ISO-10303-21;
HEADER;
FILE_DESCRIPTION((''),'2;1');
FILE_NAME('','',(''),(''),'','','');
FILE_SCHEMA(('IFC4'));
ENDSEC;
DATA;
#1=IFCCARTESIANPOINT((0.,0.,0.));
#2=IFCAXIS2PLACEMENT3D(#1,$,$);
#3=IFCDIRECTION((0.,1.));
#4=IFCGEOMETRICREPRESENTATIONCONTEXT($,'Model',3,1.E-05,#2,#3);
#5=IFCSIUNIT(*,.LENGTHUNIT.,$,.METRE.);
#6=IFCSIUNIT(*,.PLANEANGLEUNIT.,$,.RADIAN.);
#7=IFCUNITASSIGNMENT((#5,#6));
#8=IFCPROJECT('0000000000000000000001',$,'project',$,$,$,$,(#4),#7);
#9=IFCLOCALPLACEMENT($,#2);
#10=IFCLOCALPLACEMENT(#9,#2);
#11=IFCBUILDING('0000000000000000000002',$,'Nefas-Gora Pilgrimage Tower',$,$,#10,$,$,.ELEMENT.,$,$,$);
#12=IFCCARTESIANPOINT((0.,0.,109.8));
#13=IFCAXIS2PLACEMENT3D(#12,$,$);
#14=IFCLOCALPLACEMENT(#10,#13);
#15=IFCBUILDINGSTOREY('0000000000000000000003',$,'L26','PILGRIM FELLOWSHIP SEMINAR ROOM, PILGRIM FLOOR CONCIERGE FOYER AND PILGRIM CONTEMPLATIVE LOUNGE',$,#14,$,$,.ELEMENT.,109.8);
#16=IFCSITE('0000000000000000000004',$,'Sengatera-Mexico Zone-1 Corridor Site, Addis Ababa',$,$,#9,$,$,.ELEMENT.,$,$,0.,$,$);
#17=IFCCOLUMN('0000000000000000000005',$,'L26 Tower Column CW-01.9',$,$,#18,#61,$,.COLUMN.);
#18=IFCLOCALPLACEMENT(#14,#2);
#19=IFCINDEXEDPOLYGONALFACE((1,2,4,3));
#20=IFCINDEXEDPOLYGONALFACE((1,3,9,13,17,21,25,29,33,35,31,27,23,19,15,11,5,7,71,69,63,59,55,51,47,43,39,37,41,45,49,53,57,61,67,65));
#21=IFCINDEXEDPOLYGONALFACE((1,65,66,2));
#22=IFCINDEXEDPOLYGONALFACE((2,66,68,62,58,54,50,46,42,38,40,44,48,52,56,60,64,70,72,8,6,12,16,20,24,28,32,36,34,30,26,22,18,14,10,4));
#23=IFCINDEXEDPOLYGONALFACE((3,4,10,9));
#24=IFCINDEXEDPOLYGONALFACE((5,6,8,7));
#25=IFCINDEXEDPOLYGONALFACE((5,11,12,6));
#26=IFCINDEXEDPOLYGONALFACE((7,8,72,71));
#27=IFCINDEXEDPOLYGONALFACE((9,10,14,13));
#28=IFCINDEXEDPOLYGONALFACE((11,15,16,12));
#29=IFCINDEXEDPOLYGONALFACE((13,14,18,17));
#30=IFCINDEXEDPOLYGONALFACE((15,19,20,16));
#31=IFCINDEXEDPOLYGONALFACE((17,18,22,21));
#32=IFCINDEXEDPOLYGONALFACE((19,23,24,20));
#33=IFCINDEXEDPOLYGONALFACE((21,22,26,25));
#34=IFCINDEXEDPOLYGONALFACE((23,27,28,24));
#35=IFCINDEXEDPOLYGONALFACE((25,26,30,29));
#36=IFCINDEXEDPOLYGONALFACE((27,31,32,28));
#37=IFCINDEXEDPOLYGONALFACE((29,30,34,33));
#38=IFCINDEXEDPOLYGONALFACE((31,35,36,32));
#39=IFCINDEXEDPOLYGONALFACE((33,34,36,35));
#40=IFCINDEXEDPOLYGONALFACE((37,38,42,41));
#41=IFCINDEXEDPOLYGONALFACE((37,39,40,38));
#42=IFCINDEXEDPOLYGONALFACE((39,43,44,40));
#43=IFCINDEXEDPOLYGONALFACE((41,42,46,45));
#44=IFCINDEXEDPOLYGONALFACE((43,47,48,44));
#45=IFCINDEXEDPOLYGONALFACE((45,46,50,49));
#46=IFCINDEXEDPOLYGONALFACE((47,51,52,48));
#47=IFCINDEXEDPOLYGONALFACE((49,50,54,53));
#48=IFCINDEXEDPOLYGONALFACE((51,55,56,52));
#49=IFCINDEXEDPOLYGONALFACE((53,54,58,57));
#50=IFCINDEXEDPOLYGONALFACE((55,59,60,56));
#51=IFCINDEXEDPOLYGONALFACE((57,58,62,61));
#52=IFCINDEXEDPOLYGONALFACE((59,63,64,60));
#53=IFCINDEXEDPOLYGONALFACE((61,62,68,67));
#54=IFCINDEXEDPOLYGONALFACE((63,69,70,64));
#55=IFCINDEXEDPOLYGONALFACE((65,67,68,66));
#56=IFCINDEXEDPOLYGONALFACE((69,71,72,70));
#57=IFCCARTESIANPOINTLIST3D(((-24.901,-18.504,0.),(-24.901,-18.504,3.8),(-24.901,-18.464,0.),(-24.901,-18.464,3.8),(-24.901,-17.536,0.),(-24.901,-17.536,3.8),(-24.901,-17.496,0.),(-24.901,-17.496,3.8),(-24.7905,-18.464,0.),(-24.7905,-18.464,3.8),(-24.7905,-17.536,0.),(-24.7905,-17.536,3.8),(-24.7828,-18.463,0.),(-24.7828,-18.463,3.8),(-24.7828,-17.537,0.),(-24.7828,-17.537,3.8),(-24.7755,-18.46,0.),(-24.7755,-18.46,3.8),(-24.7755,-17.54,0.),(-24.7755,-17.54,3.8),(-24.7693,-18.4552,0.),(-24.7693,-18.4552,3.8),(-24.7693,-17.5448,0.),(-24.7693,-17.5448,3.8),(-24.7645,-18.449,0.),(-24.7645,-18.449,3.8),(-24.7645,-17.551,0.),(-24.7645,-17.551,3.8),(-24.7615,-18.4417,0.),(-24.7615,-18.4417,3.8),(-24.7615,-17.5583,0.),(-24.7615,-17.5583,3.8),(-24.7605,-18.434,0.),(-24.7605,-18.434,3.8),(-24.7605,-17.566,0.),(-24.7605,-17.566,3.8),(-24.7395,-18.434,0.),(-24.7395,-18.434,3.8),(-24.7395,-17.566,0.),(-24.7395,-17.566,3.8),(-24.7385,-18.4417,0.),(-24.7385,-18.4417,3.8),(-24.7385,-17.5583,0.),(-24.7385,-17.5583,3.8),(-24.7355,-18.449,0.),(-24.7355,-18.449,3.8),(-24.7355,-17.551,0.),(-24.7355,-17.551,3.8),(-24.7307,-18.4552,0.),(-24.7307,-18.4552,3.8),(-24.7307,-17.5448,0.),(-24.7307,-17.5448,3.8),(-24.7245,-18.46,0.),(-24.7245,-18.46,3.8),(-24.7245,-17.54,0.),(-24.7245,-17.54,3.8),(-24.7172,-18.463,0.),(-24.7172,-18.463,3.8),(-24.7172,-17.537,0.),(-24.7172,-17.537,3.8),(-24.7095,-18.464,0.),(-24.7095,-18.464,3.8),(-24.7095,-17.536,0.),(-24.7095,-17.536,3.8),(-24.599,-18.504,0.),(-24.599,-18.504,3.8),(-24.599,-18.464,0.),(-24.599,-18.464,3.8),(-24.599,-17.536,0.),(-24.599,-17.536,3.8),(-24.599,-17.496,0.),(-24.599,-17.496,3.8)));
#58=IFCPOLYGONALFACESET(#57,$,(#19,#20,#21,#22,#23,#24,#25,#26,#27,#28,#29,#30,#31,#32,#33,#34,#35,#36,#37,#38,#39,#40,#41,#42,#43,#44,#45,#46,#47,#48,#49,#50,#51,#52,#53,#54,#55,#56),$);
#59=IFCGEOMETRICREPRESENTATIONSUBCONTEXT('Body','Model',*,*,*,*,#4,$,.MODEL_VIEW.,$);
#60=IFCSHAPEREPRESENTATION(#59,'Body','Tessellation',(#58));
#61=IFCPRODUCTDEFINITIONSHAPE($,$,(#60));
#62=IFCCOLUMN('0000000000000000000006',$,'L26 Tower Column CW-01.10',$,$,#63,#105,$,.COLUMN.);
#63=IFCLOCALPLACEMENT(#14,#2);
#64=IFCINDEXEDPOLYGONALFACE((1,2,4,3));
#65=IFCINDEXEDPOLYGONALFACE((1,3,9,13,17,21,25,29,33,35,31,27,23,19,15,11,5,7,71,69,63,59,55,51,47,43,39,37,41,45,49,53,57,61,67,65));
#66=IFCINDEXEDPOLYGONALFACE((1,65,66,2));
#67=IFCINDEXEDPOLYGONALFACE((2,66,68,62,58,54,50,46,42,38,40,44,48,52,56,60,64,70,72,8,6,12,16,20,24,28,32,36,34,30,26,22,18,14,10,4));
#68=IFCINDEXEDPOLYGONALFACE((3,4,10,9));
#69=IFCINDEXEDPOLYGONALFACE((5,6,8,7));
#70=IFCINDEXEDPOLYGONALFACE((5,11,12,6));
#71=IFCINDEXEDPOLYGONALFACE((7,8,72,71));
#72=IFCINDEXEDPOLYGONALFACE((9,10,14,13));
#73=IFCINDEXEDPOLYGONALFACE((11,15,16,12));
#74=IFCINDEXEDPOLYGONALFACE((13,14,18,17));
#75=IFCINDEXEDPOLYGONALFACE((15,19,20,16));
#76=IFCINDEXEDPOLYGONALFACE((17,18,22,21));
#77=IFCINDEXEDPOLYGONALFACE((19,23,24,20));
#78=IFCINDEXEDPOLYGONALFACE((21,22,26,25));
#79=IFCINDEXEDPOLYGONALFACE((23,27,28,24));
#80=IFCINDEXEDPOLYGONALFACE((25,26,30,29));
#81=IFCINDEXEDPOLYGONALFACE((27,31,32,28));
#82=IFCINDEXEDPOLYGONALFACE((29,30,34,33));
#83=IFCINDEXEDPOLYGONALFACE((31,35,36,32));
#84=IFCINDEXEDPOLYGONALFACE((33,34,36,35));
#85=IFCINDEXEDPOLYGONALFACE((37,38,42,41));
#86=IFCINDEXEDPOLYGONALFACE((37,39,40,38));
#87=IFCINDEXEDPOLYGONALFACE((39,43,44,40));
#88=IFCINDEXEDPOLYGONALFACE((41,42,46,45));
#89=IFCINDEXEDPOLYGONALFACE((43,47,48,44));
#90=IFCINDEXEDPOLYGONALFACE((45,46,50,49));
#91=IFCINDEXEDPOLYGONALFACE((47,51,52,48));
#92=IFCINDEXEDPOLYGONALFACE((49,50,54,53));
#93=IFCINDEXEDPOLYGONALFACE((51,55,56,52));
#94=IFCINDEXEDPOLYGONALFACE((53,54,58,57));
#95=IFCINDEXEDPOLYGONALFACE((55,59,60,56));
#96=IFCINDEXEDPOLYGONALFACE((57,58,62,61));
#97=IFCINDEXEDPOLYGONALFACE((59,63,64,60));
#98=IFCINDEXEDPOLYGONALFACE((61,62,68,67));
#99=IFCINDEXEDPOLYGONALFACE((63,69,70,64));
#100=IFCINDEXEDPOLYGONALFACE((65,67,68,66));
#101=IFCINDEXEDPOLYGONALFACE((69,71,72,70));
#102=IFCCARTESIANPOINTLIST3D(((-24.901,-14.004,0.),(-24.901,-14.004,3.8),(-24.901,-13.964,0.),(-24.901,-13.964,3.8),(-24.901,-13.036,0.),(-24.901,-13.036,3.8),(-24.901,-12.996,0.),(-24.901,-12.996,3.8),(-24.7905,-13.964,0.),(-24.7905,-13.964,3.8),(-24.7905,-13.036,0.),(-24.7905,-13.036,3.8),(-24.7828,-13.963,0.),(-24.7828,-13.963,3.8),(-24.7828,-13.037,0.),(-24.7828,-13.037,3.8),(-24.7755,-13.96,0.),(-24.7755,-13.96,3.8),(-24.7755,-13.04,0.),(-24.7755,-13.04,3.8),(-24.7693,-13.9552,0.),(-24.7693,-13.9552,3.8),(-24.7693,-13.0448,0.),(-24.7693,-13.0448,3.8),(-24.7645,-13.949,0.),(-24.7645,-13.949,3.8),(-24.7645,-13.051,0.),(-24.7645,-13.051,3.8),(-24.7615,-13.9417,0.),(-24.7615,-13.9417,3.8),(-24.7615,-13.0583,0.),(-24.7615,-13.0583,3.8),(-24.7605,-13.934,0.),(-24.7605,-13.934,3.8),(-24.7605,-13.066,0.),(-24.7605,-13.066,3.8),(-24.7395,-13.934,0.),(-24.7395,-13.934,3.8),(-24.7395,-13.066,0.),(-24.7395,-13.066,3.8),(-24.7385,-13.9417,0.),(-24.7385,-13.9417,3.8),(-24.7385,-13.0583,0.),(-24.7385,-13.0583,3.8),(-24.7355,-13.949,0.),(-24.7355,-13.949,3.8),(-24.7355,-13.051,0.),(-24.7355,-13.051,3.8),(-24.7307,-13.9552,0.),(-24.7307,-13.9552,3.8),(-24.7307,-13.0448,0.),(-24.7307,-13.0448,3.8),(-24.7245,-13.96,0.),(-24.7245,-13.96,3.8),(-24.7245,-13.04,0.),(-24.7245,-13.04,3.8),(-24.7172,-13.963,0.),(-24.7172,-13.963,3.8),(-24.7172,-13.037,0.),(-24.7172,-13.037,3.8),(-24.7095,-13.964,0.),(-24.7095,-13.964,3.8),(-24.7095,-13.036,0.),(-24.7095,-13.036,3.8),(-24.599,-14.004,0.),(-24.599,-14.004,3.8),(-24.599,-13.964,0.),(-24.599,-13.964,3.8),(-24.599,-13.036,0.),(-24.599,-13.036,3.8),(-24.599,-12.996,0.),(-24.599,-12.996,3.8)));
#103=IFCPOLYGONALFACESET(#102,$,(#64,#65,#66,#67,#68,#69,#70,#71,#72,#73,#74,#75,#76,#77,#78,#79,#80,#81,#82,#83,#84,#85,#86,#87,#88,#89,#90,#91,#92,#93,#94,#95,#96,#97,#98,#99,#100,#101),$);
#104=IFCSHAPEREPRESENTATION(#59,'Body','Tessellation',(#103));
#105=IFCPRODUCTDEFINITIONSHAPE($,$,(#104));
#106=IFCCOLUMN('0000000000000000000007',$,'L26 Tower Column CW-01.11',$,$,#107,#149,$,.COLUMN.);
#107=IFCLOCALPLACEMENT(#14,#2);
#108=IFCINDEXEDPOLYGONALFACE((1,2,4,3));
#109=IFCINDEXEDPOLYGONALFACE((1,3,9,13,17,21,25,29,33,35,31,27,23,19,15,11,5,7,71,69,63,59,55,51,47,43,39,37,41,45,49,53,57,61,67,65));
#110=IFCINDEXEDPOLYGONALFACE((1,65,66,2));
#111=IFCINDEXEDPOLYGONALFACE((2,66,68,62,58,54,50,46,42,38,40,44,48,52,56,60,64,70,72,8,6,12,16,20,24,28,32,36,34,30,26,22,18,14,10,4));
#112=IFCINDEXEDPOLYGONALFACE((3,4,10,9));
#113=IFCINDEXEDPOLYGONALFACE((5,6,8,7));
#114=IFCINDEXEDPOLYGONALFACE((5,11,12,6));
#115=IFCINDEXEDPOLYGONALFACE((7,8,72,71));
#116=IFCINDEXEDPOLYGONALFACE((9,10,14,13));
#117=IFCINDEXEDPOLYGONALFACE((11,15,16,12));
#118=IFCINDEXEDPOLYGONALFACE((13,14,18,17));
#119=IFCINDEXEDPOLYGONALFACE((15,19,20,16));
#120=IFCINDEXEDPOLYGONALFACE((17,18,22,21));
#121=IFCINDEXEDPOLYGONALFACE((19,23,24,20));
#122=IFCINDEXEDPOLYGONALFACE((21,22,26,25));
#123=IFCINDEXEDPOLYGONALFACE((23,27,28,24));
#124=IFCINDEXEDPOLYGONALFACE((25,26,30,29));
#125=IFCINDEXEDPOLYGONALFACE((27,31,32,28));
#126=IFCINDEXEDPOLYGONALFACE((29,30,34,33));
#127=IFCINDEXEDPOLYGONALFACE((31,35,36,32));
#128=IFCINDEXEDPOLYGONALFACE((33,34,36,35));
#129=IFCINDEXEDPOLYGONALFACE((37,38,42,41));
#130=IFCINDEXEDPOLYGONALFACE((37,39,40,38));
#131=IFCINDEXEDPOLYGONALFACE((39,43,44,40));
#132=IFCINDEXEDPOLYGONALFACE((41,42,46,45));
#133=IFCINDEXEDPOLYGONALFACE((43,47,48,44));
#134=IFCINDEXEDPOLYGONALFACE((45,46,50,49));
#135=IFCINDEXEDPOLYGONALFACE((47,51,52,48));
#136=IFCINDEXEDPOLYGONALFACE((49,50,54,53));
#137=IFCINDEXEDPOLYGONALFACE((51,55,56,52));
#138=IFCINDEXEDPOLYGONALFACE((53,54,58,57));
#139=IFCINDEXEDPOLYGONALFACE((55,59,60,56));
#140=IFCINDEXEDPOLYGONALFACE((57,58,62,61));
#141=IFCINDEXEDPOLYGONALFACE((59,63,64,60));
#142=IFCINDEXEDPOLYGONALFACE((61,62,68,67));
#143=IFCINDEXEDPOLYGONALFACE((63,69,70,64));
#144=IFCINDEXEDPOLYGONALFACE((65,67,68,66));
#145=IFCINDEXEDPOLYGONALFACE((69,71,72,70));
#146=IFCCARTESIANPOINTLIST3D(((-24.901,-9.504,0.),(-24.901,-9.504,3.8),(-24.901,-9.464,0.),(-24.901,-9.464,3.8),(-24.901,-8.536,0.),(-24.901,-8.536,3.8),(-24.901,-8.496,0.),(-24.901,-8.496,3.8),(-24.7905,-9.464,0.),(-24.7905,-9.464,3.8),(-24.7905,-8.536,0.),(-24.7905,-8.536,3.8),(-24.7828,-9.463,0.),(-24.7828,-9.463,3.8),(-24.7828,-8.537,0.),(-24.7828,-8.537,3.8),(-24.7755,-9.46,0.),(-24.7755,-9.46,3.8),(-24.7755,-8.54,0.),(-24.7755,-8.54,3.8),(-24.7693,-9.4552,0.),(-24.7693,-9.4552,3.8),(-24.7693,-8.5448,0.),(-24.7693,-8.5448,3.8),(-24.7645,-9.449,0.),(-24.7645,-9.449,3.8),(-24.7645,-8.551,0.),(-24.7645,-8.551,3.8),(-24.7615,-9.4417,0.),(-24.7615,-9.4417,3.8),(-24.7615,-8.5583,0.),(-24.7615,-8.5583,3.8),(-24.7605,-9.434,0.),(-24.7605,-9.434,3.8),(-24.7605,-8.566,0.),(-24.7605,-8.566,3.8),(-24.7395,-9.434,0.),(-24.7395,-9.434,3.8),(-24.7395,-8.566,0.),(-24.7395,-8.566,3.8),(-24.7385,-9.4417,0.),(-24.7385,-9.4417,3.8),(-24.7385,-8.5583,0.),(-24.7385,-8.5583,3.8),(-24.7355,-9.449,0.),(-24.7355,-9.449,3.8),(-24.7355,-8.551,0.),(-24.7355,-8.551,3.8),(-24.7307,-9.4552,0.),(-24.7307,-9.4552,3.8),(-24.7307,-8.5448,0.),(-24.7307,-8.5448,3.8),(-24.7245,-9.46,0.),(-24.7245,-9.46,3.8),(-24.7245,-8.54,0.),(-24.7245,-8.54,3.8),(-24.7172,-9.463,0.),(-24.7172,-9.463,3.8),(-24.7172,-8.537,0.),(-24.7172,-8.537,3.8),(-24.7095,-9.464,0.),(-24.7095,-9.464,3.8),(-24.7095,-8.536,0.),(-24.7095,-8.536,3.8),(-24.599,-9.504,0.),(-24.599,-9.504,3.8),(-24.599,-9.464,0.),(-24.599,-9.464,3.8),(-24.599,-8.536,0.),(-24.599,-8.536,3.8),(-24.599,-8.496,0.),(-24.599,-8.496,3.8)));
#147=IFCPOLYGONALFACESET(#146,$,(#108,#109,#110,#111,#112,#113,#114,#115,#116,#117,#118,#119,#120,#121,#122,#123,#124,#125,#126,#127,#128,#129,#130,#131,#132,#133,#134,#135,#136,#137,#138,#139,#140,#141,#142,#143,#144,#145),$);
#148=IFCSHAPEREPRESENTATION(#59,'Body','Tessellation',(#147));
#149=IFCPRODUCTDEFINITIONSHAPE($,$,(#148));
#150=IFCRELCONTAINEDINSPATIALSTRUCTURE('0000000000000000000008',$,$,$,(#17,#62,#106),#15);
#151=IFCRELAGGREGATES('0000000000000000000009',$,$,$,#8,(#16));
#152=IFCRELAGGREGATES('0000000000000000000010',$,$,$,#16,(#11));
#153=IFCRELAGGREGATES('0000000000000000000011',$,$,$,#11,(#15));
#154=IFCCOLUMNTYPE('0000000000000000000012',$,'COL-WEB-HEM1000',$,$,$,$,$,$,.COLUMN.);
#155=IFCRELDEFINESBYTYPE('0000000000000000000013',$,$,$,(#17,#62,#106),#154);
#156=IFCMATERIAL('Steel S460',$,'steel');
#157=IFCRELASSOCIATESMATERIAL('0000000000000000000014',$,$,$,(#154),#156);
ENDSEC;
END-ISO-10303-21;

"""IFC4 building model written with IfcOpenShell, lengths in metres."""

from ifc_helpers import new_model, si_unit, direction, frame, origin, origin_2d, place, context, subcontext, project, spatial, i_section, extrude, source, transform, mapped, material, material_profile, profile_set, type_object, element, save


model = new_model("IFC4")

# Units and contexts
model_context = context("Model", 3, precision=1e-05, world=origin(), true_north=direction((0.0, 1.0)))
body_context = subcontext(model_context, "Body", "Model", "MODEL_VIEW")
ifc_project = project(units=[si_unit("LENGTHUNIT", "METRE"), si_unit("PLANEANGLEUNIT", "RADIAN")], contexts=[model_context])

# Site, building, storey
site_placement = place(None, origin())
site = spatial("IfcSite", under=ifc_project, at=site_placement, Name="Sengatera-Mexico Zone-1 Corridor Site, Addis Ababa", CompositionType="ELEMENT", RefElevation=0.0)
building_placement = place(site_placement, origin())
building = spatial("IfcBuilding", under=site, at=building_placement, Name="Nefas-Gora Pilgrimage Tower", CompositionType="ELEMENT")
storey_placement = place(building_placement, frame((0.0, 0.0, 109.8)))
storey = spatial("IfcBuildingStorey", under=building, at=storey_placement, Name="L26", Description="PILGRIM FELLOWSHIP SEMINAR ROOM, PILGRIM FLOOR CONCIERGE FOYER AND PILGRIM CONTEMPLATIVE LOUNGE", CompositionType="ELEMENT", Elevation=109.8)

# Columns
ifc_material_1 = material(Name="Steel S460", Category="steel")
ifc_material_profile_1 = material_profile(ifc_material_1, i_section(OverallWidth=0.302, OverallDepth=1.0081, WebThickness=0.021, FlangeThickness=0.04, FilletRadius=0.03, at=origin_2d()), Name="HEM 1000")
ifc_profile_set_1 = profile_set([ifc_material_profile_1], Name="Steel S460")
column_type_1 = type_object("IfcColumnType", Name="COL-WEB-HEM1000", PredefinedType="COLUMN", material=ifc_profile_set_1)
shared_shape_1 = source(origin(), body_context, "Body", "SweptSolid", [
    extrude(i_section(OverallWidth=0.302, OverallDepth=1.0081, WebThickness=0.021, FlangeThickness=0.04, FilletRadius=0.03, at=origin_2d()), origin(), (0.0, 0.0, 1.0), 3.8),
])
for number, where, z_axis, x_axis, name in (
    (1, (-24.75, -18.0, 0.0), (0.0, 0.0, 1.0), (1.0, 0.0, 0.0), "L26 Tower Column CW-01.9"),
    (2, (-24.75, -13.5, 0.0), (0.0, 0.0, 1.0), (1.0, 0.0, 0.0), "L26 Tower Column CW-01.10"),
    (3, (-24.75, -9.0, 0.0), (0.0, 0.0, 1.0), (1.0, 0.0, 0.0), "L26 Tower Column CW-01.11"),
):
    element("IfcColumn", number, at=place(storey_placement, frame(where, z_axis=z_axis, x_axis=x_axis)), inside=storey, type_object=column_type_1, Name=name, PredefinedType="COLUMN", context=body_context, shape_type="MappedRepresentation", body=[
        mapped(shared_shape_1, transform((0.0, 0.0, 0.0), x_axis=(1.0, 0.0, 0.0), y_axis=(0.0, 1.0, 0.0), z_axis=(0.0, 0.0, 1.0), scale=1.0)),
    ])

save(model, "model.ifc")
